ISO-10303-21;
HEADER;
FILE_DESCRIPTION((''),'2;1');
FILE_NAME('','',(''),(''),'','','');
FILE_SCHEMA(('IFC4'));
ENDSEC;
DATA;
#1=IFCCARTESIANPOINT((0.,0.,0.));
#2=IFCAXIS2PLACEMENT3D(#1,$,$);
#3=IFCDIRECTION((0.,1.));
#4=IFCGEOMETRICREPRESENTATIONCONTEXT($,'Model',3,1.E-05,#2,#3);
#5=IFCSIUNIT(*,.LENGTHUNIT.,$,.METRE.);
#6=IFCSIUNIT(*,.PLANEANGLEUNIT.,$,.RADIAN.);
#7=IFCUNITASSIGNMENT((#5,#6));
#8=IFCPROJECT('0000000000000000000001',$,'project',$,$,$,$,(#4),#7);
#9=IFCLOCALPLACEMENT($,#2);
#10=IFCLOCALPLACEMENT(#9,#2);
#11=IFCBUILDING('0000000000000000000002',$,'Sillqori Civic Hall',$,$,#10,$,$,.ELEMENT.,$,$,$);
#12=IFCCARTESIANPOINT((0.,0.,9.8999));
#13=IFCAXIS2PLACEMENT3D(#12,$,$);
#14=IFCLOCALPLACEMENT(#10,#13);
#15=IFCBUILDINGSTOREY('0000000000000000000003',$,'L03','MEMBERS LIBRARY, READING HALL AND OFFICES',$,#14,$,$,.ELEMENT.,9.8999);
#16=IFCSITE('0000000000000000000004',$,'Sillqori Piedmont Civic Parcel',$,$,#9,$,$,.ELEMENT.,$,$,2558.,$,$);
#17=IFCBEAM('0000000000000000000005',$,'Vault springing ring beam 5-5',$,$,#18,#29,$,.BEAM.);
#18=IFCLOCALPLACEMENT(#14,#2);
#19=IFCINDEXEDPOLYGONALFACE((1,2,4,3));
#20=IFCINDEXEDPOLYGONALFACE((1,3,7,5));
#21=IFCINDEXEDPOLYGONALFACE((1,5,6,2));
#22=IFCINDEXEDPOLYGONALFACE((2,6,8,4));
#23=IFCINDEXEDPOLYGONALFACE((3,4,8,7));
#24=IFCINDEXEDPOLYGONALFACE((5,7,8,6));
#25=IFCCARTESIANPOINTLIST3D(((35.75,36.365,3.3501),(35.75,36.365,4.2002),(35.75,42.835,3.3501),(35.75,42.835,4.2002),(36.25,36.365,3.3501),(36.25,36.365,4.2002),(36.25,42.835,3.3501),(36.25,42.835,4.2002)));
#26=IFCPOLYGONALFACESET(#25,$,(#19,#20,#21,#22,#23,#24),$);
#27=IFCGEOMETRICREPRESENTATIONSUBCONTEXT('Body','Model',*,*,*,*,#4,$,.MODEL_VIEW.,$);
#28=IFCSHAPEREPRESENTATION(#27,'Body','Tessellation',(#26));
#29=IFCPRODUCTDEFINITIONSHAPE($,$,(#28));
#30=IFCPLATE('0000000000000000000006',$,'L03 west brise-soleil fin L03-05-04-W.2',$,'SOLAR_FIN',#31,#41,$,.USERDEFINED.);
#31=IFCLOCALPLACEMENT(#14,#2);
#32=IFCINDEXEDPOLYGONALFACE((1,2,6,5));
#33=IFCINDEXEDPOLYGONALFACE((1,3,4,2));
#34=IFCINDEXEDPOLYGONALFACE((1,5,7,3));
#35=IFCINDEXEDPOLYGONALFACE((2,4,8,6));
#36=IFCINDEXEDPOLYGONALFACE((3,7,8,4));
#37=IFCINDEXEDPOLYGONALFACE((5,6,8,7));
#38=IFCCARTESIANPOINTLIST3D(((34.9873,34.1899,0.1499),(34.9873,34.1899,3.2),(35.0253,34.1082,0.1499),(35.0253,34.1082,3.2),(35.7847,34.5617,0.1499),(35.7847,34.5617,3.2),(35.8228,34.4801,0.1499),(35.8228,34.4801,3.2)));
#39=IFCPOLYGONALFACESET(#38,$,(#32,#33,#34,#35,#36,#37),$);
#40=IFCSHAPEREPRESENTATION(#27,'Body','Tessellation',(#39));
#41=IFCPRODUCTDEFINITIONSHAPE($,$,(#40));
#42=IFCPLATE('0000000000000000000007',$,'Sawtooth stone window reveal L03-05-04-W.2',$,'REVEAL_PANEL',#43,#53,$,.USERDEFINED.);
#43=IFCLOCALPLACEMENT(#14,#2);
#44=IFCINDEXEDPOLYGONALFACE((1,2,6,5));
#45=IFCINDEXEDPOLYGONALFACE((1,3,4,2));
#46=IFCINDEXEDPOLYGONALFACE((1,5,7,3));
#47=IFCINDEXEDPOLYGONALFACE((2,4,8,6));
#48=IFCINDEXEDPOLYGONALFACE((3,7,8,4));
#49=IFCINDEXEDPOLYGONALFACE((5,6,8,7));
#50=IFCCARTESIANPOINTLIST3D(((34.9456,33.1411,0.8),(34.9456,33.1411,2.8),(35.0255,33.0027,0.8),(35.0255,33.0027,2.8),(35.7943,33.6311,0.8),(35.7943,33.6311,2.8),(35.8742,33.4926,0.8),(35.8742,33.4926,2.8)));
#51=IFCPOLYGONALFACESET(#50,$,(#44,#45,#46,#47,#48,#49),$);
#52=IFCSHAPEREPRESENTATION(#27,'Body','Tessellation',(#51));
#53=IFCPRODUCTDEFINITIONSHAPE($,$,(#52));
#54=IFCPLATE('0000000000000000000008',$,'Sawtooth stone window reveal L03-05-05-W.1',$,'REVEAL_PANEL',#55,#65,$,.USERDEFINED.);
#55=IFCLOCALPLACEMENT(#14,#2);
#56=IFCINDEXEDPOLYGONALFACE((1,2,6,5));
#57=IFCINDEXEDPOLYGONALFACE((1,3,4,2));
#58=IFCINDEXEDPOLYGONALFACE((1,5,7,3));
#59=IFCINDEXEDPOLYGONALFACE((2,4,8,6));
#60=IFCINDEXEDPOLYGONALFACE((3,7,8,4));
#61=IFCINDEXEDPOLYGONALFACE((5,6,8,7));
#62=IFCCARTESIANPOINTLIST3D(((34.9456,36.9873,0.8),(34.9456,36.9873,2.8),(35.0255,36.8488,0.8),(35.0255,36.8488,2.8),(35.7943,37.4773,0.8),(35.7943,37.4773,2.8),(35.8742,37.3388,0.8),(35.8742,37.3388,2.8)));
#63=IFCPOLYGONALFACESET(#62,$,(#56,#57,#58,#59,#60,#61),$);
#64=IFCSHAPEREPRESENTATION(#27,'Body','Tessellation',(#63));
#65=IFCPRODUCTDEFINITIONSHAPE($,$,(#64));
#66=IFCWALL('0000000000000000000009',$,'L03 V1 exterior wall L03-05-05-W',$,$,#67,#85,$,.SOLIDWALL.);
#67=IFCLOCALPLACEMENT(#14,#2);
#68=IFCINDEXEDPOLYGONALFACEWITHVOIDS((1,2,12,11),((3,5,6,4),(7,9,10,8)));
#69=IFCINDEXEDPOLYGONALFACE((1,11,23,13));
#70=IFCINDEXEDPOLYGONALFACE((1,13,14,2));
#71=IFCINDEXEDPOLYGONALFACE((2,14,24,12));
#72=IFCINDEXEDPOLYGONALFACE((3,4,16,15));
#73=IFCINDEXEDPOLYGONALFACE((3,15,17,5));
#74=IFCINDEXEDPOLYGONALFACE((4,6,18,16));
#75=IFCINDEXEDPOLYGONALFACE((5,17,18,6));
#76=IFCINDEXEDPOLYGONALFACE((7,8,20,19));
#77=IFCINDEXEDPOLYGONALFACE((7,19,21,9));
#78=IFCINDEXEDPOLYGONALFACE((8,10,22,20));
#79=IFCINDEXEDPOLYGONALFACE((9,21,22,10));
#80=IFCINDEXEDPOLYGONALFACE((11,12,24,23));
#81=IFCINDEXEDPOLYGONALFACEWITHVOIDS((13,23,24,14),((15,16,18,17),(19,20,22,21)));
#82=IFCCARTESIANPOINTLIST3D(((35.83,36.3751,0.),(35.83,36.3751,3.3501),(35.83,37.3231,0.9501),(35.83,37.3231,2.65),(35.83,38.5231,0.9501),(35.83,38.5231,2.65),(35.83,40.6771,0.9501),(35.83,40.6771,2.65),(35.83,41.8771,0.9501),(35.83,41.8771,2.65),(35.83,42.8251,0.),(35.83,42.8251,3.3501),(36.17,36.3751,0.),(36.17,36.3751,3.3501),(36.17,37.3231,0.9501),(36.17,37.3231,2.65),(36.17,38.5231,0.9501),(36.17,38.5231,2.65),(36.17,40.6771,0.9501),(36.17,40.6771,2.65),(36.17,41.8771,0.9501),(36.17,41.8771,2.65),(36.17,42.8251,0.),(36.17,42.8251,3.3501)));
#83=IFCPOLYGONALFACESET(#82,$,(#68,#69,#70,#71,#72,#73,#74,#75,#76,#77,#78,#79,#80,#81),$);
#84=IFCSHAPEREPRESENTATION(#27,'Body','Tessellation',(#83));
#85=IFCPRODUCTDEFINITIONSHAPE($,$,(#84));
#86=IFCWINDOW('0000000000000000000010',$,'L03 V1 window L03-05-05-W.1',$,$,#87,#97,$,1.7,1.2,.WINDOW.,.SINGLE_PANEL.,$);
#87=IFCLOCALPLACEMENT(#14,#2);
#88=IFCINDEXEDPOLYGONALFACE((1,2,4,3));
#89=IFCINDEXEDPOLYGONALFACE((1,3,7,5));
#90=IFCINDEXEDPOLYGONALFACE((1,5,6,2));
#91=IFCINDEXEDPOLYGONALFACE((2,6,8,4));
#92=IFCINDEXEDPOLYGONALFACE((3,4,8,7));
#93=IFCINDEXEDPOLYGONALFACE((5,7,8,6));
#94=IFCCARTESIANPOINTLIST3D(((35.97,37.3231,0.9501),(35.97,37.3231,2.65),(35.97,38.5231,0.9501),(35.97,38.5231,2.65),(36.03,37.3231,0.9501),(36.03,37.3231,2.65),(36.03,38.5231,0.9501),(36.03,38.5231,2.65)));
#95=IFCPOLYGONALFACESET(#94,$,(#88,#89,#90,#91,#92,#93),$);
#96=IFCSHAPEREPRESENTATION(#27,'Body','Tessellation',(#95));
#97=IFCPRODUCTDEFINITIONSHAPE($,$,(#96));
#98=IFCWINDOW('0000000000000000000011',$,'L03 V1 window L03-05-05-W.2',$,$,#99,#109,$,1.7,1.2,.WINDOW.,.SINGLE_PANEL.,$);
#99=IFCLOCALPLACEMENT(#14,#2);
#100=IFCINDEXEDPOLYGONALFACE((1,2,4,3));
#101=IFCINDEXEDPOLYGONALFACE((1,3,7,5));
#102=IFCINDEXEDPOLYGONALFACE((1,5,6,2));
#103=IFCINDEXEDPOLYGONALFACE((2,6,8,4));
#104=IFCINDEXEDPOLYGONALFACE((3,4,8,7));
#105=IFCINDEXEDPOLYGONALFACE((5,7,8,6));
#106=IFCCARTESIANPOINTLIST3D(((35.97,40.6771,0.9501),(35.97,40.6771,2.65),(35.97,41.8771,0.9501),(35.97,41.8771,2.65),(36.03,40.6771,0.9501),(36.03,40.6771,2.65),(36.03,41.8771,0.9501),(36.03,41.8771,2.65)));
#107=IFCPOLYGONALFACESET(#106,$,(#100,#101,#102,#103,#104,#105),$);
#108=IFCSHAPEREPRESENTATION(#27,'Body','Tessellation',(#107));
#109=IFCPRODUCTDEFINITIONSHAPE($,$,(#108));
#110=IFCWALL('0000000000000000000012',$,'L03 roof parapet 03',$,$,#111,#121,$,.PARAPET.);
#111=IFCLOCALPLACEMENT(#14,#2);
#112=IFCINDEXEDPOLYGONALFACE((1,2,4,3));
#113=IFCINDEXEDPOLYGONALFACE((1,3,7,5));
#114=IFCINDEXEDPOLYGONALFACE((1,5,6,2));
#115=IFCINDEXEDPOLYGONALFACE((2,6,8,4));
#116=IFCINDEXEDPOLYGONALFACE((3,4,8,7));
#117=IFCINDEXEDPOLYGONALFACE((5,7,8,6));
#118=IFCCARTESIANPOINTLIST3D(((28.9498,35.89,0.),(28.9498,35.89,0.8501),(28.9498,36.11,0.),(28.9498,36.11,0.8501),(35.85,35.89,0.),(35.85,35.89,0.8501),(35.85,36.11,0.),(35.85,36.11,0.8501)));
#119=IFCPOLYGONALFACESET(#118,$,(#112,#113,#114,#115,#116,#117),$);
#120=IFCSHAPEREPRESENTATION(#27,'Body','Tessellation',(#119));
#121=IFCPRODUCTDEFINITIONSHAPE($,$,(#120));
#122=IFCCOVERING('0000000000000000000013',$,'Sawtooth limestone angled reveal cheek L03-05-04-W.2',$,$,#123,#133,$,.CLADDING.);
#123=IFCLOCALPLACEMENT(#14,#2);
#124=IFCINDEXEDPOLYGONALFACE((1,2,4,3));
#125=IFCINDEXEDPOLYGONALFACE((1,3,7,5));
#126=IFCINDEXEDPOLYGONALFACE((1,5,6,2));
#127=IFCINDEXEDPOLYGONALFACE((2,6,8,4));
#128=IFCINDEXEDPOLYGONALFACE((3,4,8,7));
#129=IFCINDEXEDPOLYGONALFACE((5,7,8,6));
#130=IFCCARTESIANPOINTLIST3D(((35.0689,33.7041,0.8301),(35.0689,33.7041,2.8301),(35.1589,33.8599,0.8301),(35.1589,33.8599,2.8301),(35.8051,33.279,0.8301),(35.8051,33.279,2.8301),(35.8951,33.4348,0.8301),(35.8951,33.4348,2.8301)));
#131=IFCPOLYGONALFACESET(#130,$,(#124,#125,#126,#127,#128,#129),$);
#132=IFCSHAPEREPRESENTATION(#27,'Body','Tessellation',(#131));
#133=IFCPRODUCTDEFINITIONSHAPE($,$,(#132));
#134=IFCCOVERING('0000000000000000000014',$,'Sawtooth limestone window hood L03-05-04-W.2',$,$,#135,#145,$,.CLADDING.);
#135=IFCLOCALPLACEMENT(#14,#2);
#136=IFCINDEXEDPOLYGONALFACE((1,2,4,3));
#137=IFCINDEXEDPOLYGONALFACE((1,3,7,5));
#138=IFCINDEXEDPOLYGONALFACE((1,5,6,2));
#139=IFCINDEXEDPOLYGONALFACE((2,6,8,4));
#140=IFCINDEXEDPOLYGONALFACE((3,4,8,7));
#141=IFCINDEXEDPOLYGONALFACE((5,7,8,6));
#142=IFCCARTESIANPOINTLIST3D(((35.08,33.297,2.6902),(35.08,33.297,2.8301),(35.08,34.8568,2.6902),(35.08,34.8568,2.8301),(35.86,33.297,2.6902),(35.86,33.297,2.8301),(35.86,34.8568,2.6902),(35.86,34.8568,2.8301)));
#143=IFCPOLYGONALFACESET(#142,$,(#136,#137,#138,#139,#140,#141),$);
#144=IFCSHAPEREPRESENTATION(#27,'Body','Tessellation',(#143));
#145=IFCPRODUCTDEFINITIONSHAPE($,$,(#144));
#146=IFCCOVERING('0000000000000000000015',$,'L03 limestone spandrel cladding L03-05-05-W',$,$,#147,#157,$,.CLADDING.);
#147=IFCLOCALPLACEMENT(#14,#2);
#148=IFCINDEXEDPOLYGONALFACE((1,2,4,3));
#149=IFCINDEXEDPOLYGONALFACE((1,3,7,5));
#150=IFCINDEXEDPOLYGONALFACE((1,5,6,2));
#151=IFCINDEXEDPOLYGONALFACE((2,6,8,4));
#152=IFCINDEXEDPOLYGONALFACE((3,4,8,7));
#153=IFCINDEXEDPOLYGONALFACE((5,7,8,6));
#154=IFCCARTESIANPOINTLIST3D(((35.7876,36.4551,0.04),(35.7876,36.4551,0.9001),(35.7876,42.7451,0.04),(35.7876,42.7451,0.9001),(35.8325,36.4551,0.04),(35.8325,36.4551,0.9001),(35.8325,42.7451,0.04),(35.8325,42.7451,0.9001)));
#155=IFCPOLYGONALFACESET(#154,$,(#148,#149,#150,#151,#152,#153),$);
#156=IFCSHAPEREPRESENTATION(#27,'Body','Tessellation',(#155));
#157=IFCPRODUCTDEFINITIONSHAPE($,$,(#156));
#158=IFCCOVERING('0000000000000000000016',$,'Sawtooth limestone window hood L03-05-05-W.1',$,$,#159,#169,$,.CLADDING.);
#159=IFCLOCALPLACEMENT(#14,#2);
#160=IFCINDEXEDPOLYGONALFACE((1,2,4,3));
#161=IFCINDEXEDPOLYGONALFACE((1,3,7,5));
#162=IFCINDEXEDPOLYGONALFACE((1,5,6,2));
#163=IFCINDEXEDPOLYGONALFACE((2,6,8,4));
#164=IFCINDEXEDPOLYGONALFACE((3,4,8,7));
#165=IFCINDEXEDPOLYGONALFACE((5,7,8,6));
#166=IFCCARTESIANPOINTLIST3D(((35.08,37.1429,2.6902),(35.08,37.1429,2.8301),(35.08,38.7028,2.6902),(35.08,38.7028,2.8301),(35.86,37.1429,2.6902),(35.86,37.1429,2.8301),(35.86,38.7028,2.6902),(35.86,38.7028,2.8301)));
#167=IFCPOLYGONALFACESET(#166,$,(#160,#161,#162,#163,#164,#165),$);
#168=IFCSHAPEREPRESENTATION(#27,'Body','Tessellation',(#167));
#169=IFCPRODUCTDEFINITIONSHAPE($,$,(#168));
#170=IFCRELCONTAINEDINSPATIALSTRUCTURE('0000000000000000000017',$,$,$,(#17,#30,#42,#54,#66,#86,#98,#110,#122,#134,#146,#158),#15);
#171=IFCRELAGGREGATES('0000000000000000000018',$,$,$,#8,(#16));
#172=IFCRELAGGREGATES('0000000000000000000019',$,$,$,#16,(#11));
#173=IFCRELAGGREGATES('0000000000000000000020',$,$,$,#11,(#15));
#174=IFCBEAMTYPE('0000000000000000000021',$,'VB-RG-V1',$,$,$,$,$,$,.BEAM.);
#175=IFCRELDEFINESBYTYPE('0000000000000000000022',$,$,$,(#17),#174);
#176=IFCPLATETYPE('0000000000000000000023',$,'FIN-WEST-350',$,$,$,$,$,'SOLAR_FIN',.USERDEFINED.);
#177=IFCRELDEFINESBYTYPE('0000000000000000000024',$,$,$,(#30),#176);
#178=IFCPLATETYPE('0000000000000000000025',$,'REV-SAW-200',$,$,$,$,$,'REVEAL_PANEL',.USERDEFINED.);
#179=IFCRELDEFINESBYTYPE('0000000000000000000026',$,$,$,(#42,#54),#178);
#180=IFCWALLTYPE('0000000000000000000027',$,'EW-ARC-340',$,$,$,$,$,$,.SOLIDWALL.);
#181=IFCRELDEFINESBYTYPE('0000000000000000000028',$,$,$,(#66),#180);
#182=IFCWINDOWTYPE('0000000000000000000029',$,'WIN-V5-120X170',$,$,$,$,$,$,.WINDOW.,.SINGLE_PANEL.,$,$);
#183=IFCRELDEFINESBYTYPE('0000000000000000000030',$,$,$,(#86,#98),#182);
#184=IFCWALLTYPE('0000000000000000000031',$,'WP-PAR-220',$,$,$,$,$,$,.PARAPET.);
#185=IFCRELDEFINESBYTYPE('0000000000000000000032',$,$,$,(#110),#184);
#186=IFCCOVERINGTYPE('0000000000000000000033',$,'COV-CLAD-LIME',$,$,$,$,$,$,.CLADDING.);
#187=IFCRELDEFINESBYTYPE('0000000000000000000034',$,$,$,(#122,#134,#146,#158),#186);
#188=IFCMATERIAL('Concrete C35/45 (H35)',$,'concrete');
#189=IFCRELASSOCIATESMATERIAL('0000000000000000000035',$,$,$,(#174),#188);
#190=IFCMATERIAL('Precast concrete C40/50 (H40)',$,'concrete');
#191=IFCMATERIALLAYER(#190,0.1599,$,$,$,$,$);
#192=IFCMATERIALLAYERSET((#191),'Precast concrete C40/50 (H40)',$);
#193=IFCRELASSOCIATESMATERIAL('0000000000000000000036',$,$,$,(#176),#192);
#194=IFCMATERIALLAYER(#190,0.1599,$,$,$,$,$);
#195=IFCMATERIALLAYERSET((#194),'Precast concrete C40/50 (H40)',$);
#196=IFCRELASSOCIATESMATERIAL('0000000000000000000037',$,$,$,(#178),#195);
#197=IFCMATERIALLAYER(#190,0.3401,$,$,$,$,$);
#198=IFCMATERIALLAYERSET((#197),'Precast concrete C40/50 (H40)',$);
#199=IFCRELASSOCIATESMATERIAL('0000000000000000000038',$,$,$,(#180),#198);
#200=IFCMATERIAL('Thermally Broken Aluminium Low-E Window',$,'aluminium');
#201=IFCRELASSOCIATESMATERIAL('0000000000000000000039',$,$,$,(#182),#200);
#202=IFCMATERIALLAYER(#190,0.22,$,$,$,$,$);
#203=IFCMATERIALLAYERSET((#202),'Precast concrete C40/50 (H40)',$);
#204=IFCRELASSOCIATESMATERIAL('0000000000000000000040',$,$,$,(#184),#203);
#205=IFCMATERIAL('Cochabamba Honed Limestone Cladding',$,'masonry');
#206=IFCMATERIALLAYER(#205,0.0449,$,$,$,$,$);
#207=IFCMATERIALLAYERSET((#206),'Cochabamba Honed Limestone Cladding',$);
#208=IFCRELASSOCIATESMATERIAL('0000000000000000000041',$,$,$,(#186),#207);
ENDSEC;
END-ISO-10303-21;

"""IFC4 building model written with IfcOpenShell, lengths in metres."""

from ifc_helpers import new_model, si_unit, direction, frame, frame_2d, origin, origin_2d, place, context, subcontext, project, spatial, rectangle, extrude, material, layer, layer_set, material_profile, profile_set, type_object, element, fill, save


model = new_model("IFC4")

# Units and contexts
model_context = context("Model", 3, precision=1e-05, world=origin(), true_north=direction((0.0, 1.0)))
body_context = subcontext(model_context, "Body", "Model", "MODEL_VIEW")
ifc_project = project(units=[si_unit("LENGTHUNIT", "METRE"), si_unit("PLANEANGLEUNIT", "RADIAN")], contexts=[model_context])

# Site, building, storey
site_placement = place(None, origin())
site = spatial("IfcSite", under=ifc_project, at=site_placement, Name="Sillqori Piedmont Civic Parcel", CompositionType="ELEMENT", RefElevation=2558.0)
building_placement = place(site_placement, origin())
building = spatial("IfcBuilding", under=site, at=building_placement, Name="Sillqori Civic Hall", CompositionType="ELEMENT")
storey_placement = place(building_placement, frame((0.0, 0.0, 9.8999)))
storey = spatial("IfcBuildingStorey", under=building, at=storey_placement, Name="L03", Description="MEMBERS LIBRARY, READING HALL AND OFFICES", CompositionType="ELEMENT", Elevation=9.8999)

# Shared definitions
ifc_material_1 = material(Name="Concrete C35/45 (H35)", Category="concrete")

# Beam
ifc_material_profile_1 = material_profile(ifc_material_1, rectangle(XDim=0.5, YDim=0.8501, at=origin_2d()), Name="RC 500x850")
ifc_profile_set_1 = profile_set([ifc_material_profile_1], Name="Concrete C35/45 (H35)")
beam_type_1 = type_object("IfcBeamType", Name="VB-RG-V1", PredefinedType="BEAM", material=ifc_profile_set_1)
beam_1_placement = place(storey_placement, frame((36.0, 36.365, 3.7751), z_axis=(0.0, 1.0, 0.0), x_axis=(-1.0, 0.0, 0.0)))
element("IfcBeam", 1, at=beam_1_placement, inside=storey, type_object=beam_type_1, Name="Vault springing ring beam 5-5", PredefinedType="BEAM", context=body_context, shape_type="SweptSolid", body=[
    extrude(rectangle(XDim=0.5, YDim=0.8501, at=origin_2d()), origin(), (0.0, 0.0, 1.0), 6.47),
])

# Plates
ifc_material_2 = material(Name="Precast concrete C40/50 (H40)", Category="concrete")
ifc_layer_1 = layer(ifc_material_2, 0.1599)
ifc_layer_set_1 = layer_set([ifc_layer_1], Name="Precast concrete C40/50 (H40)")
plate_type_1 = type_object("IfcPlateType", Name="FIN-WEST-350", ElementType="SOLAR_FIN", PredefinedType="USERDEFINED", material=ifc_layer_set_1)
plate_placement = place(storey_placement, frame((35.405, 34.335, 0.1499), z_axis=(0.0, 0.0, 1.0), x_axis=(-0.422618, 0.906308, 0.0)))
element("IfcPlate", 2, at=plate_placement, inside=storey, type_object=plate_type_1, Name="L03 west brise-soleil fin L03-05-04-W.2", ObjectType="SOLAR_FIN", PredefinedType="USERDEFINED", context=body_context, shape_type="SweptSolid", body=[
    extrude(rectangle(XDim=0.0901, YDim=0.8799, at=origin_2d()), origin(), (0.0, 0.0, 1.0), 3.05),
])
ifc_layer_2 = layer(ifc_material_2, 0.1599)
ifc_layer_set_2 = layer_set([ifc_layer_2], Name="Precast concrete C40/50 (H40)")
plate_type_2 = type_object("IfcPlateType", Name="REV-SAW-200", ElementType="REVEAL_PANEL", PredefinedType="USERDEFINED", material=ifc_layer_set_2)
for number, where, z_axis, x_axis, name in (
    (3, (35.4099, 33.3169, 0.8), (0.0, 0.0, 1.0), (-0.5, 0.866025, 0.0), "Sawtooth stone window reveal L03-05-04-W.2"),
    (4, (35.4099, 37.1631, 0.8), (0.0, 0.0, 1.0), (-0.5, 0.866025, 0.0), "Sawtooth stone window reveal L03-05-05-W.1"),
):
    element("IfcPlate", number, at=place(storey_placement, frame(where, z_axis=z_axis, x_axis=x_axis)), inside=storey, type_object=plate_type_2, Name=name, ObjectType="REVEAL_PANEL", PredefinedType="USERDEFINED", context=body_context, shape_type="SweptSolid", body=[
        extrude(rectangle(XDim=0.1599, YDim=0.98, at=origin_2d()), origin(), (0.0, 0.0, 1.0), 2.0),
    ])

# Wall, openings, windows
ifc_layer_3 = layer(ifc_material_2, 0.3401)
ifc_layer_set_3 = layer_set([ifc_layer_3], Name="Precast concrete C40/50 (H40)")
wall_type_1 = type_object("IfcWallType", Name="EW-ARC-340", PredefinedType="SOLIDWALL", material=ifc_layer_set_3)
wall_1_placement = place(storey_placement, frame((36.0, 36.375, 0.0), z_axis=(0.0, 0.0, 1.0), x_axis=(0.0, 1.0, 0.0)))
wall_1 = element("IfcWall", 5, at=wall_1_placement, inside=storey, type_object=wall_type_1, Name="L03 V1 exterior wall L03-05-05-W", PredefinedType="SOLIDWALL", context=body_context, shape_type="SweptSolid", body=[
    extrude(rectangle(XDim=6.45, YDim=0.3401, at=frame_2d((3.2251, 0.0))), origin(), (0.0, 0.0, 1.0), 3.3501),
])
opening_1_placement = place(wall_1_placement, frame((0.948, 0.0, 0.95)))
opening_1 = element("IfcOpeningElement", 6, at=opening_1_placement, cuts=wall_1, PredefinedType="OPENING", context=body_context, shape_type="SweptSolid", body=[
    extrude(rectangle(XDim=1.2, YDim=1.7, at=frame_2d((0.6001, 0.8501))), frame((0.0, 0.1799, 0.0), z_axis=(0.0, -1.0, 0.0), x_axis=(1.0, 0.0, 0.0)), (0.0, 0.0, 1.0), 0.3601),
])
opening_2_placement = place(wall_1_placement, frame((4.302, 0.0, 0.95)))
opening_2 = element("IfcOpeningElement", 7, at=opening_2_placement, cuts=wall_1, PredefinedType="OPENING", context=body_context, shape_type="SweptSolid", body=[
    extrude(rectangle(XDim=1.2, YDim=1.7, at=frame_2d((0.6001, 0.8501))), frame((0.0, 0.1799, 0.0), z_axis=(0.0, -1.0, 0.0), x_axis=(1.0, 0.0, 0.0)), (0.0, 0.0, 1.0), 0.3601),
])
ifc_material_3 = material(Name="Thermally Broken Aluminium Low-E Window", Category="aluminium")
window_type = type_object("IfcWindowType", Name="WIN-V5-120X170", PartitioningType="SINGLE_PANEL", PredefinedType="WINDOW", material=ifc_material_3)
window_1_placement = place(opening_1_placement, origin())
window_1 = element("IfcWindow", 8, at=window_1_placement, inside=storey, type_object=window_type, Name="L03 V1 window L03-05-05-W.1", OverallHeight=1.7, OverallWidth=1.2, PartitioningType="SINGLE_PANEL", PredefinedType="WINDOW", context=body_context, shape_type="SweptSolid", body=[
    extrude(rectangle(XDim=1.2, YDim=1.7, at=frame_2d((0.6001, 0.8501))), frame((0.0, 0.03, 0.0), z_axis=(0.0, -1.0, 0.0), x_axis=(1.0, 0.0, 0.0)), (0.0, 0.0, 1.0), 0.0601),
])
fill(opening_1, window_1)
window_2_placement = place(opening_2_placement, origin())
window_2 = element("IfcWindow", 9, at=window_2_placement, inside=storey, type_object=window_type, Name="L03 V1 window L03-05-05-W.2", OverallHeight=1.7, OverallWidth=1.2, PartitioningType="SINGLE_PANEL", PredefinedType="WINDOW", context=body_context, shape_type="SweptSolid", body=[
    extrude(rectangle(XDim=1.2, YDim=1.7, at=frame_2d((0.6001, 0.8501))), frame((0.0, 0.03, 0.0), z_axis=(0.0, -1.0, 0.0), x_axis=(1.0, 0.0, 0.0)), (0.0, 0.0, 1.0), 0.0601),
])
fill(opening_2, window_2)

# Wall
ifc_layer_4 = layer(ifc_material_2, 0.22)
ifc_layer_set_4 = layer_set([ifc_layer_4], Name="Precast concrete C40/50 (H40)")
wall_type_2 = type_object("IfcWallType", Name="WP-PAR-220", PredefinedType="PARAPET", material=ifc_layer_set_4)
wall_2_placement = place(storey_placement, frame((35.8501, 36.0, 0.0), z_axis=(0.0, 0.0, 1.0), x_axis=(-1.0, 0.0, 0.0)))
element("IfcWall", 10, at=wall_2_placement, inside=storey, type_object=wall_type_2, Name="L03 roof parapet 03", PredefinedType="PARAPET", context=body_context, shape_type="SweptSolid", body=[
    extrude(rectangle(XDim=6.9001, YDim=0.22, at=frame_2d((3.4502, 0.0))), origin(), (0.0, 0.0, 1.0), 0.8501),
])

# Coverings
ifc_material_4 = material(Name="Cochabamba Honed Limestone Cladding", Category="masonry")
ifc_layer_5 = layer(ifc_material_4, 0.0449)
ifc_layer_set_5 = layer_set([ifc_layer_5], Name="Cochabamba Honed Limestone Cladding")
covering_type = type_object("IfcCoveringType", Name="COV-CLAD-LIME", PredefinedType="CLADDING", material=ifc_layer_set_5)
covering_1_placement = place(storey_placement, frame((35.8501, 33.3569, 0.8301), z_axis=(0.0, 0.0, 1.0), x_axis=(-0.865989, 0.500062, 0.0)))
element("IfcCovering", 11, at=covering_1_placement, inside=storey, type_object=covering_type, Name="Sawtooth limestone angled reveal cheek L03-05-04-W.2", PredefinedType="CLADDING", context=body_context, shape_type="SweptSolid", body=[
    extrude(rectangle(XDim=0.8501, YDim=0.1799, at=frame_2d((0.425, 0.0))), origin(), (0.0, 0.0, 1.0), 2.0),
])
covering_2_placement = place(storey_placement, frame((35.47, 33.2971, 2.6902), z_axis=(0.0, 0.0, 1.0), x_axis=(0.0, 1.0, 0.0)))
element("IfcCovering", 12, at=covering_2_placement, inside=storey, type_object=covering_type, Name="Sawtooth limestone window hood L03-05-04-W.2", PredefinedType="CLADDING", context=body_context, shape_type="SweptSolid", body=[
    extrude(rectangle(XDim=1.5598, YDim=0.78, at=frame_2d((0.7798, 0.0))), origin(), (0.0, 0.0, 1.0), 0.1399),
])
covering_3_placement = place(storey_placement, frame((35.8101, 36.4551, 0.04), z_axis=(0.0, 0.0, 1.0), x_axis=(0.0, 1.0, 0.0)))
element("IfcCovering", 13, at=covering_3_placement, inside=storey, type_object=covering_type, Name="L03 limestone spandrel cladding L03-05-05-W", PredefinedType="CLADDING", context=body_context, shape_type="SweptSolid", body=[
    extrude(rectangle(XDim=6.29, YDim=0.0449, at=frame_2d((3.145, 0.0))), origin(), (0.0, 0.0, 1.0), 0.8601),
])
covering_4_placement = place(storey_placement, frame((35.47, 37.1431, 2.6902), z_axis=(0.0, 0.0, 1.0), x_axis=(0.0, 1.0, 0.0)))
element("IfcCovering", 14, at=covering_4_placement, inside=storey, type_object=covering_type, Name="Sawtooth limestone window hood L03-05-05-W.1", PredefinedType="CLADDING", context=body_context, shape_type="SweptSolid", body=[
    extrude(rectangle(XDim=1.5598, YDim=0.78, at=frame_2d((0.7798, 0.0))), origin(), (0.0, 0.0, 1.0), 0.1399),
])

save(model, "model.ifc")
